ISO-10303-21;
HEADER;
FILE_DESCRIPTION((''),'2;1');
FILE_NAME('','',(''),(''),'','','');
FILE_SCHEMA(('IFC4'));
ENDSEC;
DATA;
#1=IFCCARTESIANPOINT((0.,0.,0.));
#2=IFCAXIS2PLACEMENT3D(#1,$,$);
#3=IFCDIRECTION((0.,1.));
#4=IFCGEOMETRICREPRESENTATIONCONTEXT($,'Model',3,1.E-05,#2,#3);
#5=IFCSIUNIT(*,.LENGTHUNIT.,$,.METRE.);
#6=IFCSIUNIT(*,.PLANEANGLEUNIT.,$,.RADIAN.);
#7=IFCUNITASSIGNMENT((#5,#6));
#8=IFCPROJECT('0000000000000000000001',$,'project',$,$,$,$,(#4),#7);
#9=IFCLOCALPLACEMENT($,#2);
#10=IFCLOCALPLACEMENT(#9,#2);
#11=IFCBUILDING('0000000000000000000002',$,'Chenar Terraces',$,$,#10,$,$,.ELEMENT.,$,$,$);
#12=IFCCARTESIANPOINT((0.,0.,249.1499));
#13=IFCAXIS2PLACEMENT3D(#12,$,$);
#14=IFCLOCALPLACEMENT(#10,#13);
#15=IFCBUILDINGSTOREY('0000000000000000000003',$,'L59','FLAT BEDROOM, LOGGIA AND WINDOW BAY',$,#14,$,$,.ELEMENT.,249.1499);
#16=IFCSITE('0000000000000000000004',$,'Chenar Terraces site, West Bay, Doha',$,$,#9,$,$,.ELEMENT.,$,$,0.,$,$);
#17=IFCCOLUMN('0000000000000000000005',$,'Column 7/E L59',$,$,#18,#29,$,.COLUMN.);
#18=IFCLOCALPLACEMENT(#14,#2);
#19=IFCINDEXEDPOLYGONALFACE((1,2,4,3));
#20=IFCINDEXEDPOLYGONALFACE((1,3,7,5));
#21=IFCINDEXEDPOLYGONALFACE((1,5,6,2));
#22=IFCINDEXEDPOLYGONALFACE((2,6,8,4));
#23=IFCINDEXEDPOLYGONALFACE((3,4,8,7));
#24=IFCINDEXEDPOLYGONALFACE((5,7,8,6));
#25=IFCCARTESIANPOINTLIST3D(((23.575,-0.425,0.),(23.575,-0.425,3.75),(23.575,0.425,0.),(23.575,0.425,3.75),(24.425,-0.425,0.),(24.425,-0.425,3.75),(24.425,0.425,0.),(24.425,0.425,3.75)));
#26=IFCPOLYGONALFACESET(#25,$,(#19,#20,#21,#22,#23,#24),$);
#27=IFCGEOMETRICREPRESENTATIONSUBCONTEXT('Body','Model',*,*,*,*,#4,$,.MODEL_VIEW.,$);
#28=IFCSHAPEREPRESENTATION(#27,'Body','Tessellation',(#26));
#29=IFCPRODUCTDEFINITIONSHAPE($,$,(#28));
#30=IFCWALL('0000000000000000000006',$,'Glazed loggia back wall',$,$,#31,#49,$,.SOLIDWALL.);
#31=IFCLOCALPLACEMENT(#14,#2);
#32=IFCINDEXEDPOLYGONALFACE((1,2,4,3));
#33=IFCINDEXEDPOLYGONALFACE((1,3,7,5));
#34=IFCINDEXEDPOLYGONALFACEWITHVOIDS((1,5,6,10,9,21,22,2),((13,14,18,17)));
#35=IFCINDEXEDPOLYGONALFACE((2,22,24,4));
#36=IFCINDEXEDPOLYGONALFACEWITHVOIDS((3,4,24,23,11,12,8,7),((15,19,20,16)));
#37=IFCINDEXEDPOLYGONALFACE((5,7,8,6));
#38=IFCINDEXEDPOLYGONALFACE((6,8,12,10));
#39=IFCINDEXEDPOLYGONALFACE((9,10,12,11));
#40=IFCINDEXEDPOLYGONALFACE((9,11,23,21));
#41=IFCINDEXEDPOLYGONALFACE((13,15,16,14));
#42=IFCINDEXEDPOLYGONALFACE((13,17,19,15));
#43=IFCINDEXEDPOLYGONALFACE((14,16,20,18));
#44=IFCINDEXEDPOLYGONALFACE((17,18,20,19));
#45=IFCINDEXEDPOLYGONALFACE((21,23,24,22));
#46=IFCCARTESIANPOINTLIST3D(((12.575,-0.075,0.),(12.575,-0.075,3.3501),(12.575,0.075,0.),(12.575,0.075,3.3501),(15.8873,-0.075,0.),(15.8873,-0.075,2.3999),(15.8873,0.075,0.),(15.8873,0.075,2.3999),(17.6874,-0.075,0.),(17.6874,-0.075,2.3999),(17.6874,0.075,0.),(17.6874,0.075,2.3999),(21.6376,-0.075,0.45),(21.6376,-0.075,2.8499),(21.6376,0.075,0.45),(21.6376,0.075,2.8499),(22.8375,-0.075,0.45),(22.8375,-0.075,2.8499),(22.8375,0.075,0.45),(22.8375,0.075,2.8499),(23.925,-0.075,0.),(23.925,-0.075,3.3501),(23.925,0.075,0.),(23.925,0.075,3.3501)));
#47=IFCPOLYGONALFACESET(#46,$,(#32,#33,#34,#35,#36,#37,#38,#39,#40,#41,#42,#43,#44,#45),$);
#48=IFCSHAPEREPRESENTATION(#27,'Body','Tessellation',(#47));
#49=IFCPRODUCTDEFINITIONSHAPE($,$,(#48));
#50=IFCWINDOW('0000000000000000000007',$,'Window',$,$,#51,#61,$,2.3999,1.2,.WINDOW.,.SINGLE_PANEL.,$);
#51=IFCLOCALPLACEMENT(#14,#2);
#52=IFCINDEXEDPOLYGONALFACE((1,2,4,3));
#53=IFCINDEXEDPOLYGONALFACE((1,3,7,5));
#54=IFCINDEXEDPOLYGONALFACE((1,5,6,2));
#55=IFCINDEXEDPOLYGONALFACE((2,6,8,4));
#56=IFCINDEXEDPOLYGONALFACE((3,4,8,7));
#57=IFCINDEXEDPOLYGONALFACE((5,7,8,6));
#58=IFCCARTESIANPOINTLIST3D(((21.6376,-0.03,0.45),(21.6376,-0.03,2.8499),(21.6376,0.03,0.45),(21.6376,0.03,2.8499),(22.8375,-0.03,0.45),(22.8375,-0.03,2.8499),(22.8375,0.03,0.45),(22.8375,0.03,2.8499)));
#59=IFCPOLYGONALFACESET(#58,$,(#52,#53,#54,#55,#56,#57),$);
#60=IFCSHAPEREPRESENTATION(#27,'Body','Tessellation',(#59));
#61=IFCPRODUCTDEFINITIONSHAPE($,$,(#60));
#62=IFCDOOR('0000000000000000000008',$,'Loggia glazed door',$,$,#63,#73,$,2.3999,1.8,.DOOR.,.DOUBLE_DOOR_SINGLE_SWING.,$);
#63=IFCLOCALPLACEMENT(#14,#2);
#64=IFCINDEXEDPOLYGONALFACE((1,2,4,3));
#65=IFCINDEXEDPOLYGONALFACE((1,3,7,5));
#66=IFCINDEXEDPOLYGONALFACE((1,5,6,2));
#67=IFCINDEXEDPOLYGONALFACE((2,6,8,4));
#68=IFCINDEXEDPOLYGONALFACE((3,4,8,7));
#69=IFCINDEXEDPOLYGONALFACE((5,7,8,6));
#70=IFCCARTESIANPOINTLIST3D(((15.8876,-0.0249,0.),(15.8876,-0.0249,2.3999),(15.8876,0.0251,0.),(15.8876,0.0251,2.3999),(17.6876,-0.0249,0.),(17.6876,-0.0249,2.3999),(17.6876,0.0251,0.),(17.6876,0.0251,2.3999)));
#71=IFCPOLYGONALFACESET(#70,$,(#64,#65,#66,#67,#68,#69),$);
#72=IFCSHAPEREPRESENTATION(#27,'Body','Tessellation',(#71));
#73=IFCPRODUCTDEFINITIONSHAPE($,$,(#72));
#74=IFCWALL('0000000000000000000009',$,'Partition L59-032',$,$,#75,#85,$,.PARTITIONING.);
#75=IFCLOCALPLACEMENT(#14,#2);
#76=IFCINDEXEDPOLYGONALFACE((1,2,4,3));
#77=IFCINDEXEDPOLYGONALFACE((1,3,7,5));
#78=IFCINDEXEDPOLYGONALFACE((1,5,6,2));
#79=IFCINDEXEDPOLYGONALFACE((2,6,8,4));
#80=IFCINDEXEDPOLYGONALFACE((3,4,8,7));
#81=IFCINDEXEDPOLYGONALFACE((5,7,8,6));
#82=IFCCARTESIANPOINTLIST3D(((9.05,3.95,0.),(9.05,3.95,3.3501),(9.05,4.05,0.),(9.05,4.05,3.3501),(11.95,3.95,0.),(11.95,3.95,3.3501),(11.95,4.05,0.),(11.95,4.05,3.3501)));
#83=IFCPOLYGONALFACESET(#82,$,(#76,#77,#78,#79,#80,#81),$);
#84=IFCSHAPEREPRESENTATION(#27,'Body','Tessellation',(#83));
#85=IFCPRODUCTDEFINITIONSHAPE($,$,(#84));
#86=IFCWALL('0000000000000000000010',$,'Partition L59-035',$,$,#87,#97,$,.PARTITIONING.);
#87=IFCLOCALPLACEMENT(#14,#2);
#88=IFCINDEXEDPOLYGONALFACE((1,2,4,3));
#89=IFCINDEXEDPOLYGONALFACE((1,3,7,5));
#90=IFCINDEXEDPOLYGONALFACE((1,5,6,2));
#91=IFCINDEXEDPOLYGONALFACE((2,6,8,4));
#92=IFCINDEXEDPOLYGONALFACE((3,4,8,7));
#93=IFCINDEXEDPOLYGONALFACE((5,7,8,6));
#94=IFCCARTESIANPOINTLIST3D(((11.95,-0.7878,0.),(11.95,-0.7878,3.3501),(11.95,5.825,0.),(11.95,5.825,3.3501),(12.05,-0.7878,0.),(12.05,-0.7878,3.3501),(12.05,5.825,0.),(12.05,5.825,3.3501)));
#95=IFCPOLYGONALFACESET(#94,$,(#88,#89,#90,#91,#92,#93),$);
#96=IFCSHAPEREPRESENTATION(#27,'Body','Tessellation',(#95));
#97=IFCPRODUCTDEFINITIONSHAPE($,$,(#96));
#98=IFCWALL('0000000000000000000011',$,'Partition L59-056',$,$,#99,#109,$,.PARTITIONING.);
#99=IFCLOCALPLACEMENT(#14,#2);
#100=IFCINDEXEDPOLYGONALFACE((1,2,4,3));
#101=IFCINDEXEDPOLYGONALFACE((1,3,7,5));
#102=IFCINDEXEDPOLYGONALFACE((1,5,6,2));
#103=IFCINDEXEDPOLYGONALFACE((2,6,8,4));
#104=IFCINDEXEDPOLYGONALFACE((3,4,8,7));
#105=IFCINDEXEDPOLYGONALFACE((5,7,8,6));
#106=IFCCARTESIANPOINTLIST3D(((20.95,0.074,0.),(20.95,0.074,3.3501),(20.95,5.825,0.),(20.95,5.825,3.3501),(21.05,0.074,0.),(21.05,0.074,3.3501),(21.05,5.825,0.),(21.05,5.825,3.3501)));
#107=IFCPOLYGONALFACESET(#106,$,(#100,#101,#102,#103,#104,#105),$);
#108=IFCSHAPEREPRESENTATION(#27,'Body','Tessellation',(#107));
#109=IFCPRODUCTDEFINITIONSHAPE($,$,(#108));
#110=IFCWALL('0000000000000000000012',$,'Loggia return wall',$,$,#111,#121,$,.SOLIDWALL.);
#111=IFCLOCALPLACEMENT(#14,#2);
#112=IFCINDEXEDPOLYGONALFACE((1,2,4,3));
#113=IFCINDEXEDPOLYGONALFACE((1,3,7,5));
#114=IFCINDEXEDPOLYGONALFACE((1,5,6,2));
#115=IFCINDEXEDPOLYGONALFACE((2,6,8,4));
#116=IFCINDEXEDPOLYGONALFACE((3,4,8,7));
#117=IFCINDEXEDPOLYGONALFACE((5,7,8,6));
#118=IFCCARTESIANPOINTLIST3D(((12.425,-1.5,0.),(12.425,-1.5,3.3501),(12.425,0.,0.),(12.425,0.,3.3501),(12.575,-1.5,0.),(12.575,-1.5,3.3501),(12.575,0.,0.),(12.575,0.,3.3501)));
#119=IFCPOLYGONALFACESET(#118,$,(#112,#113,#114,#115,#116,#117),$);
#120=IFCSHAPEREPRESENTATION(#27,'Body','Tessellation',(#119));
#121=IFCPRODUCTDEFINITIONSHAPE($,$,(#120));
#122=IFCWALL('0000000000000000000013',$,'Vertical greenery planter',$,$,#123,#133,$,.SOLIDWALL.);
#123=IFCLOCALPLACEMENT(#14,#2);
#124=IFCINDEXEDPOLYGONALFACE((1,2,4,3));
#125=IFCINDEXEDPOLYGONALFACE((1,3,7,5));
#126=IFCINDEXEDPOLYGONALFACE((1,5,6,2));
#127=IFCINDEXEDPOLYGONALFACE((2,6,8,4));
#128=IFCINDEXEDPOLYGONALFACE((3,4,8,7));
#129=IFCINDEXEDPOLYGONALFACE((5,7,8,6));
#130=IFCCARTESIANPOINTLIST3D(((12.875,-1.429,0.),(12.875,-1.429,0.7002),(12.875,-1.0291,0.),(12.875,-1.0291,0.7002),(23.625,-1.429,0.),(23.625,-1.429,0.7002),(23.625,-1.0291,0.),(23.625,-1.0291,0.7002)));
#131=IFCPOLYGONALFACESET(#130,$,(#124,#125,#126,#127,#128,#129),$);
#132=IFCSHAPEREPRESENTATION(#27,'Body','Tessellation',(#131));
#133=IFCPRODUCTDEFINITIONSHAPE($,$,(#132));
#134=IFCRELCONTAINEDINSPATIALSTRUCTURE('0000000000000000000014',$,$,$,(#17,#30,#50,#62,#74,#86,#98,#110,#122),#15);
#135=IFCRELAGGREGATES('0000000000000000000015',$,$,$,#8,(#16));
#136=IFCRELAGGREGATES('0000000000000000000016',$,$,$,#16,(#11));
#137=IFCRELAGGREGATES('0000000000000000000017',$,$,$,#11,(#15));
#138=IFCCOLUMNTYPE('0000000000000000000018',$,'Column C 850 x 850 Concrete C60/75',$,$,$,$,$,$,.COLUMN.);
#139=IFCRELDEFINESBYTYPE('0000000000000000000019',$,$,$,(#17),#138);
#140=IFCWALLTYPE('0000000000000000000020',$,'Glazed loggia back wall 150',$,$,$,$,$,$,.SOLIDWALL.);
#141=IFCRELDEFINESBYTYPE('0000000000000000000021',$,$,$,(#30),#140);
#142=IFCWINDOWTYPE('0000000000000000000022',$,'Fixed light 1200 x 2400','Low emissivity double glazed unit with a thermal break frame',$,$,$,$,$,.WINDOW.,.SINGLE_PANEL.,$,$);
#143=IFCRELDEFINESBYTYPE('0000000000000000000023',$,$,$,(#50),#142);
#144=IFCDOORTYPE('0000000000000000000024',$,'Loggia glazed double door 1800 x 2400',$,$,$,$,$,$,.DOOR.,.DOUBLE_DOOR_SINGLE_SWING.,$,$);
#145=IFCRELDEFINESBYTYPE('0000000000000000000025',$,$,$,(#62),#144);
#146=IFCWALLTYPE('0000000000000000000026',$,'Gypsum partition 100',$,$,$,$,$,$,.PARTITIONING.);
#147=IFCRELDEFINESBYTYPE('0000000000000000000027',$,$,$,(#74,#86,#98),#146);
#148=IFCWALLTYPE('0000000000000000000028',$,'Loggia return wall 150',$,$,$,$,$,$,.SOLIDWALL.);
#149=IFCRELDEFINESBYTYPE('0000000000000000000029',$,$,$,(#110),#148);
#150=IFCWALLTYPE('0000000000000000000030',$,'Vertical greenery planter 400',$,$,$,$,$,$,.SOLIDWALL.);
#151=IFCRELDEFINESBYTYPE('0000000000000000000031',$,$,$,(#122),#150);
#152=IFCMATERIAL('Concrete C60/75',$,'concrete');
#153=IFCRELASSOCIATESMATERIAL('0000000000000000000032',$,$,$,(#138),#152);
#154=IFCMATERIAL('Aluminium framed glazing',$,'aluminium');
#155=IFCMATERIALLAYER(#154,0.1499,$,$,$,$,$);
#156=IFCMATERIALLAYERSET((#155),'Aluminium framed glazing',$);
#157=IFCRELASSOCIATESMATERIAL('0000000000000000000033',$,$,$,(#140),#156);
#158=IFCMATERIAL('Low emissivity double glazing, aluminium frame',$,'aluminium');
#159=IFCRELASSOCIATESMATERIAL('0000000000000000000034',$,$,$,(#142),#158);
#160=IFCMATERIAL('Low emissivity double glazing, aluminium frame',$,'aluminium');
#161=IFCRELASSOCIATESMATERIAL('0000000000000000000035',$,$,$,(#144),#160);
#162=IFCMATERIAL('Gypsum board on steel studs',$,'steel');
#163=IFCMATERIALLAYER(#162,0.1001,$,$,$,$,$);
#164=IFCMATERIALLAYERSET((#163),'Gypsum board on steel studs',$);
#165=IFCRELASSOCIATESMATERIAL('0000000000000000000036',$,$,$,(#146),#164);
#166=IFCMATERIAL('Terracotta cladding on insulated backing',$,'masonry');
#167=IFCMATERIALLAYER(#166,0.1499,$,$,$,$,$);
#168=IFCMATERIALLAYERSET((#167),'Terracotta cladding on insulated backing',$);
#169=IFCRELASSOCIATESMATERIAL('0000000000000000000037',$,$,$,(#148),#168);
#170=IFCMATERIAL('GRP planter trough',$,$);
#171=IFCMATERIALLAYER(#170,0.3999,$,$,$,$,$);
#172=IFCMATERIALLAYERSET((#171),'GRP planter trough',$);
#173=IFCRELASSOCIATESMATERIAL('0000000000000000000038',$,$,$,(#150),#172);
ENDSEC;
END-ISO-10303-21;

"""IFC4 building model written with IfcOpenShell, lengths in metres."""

from ifc_helpers import new_model, si_unit, direction, frame, frame_2d, origin, origin_2d, place, context, subcontext, project, spatial, rectangle, extrude, material, layer, layer_set, material_profile, profile_set, type_object, element, fill, save


model = new_model("IFC4")

# Units and contexts
model_context = context("Model", 3, precision=1e-05, world=origin(), true_north=direction((0.0, 1.0)))
body_context = subcontext(model_context, "Body", "Model", "MODEL_VIEW")
ifc_project = project(units=[si_unit("LENGTHUNIT", "METRE"), si_unit("PLANEANGLEUNIT", "RADIAN")], contexts=[model_context])

# Site, building, storey
site_placement = place(None, origin())
site = spatial("IfcSite", under=ifc_project, at=site_placement, Name="Chenar Terraces site, West Bay, Doha", CompositionType="ELEMENT", RefElevation=0.0)
building_placement = place(site_placement, origin())
building = spatial("IfcBuilding", under=site, at=building_placement, Name="Chenar Terraces", CompositionType="ELEMENT")
storey_placement = place(building_placement, frame((0.0, 0.0, 249.1499)))
storey = spatial("IfcBuildingStorey", under=building, at=storey_placement, Name="L59", Description="FLAT BEDROOM, LOGGIA AND WINDOW BAY", CompositionType="ELEMENT", Elevation=249.1499)

# Column
ifc_material_1 = material(Name="Concrete C60/75", Category="concrete")
ifc_material_profile = material_profile(ifc_material_1, rectangle(XDim=0.8501, YDim=0.8501, at=origin_2d()), Name="C 850 x 850")
ifc_profile_set = profile_set([ifc_material_profile], Name="Concrete C60/75")
column_type = type_object("IfcColumnType", Name="Column C 850 x 850 Concrete C60/75", PredefinedType="COLUMN", material=ifc_profile_set)
column_placement = place(storey_placement, frame((24.0, 0.0, 0.0), z_axis=(0.0, 0.0, 1.0), x_axis=(1.0, 0.0, 0.0)))
element("IfcColumn", 1, at=column_placement, inside=storey, type_object=column_type, Name="Column 7/E L59", PredefinedType="COLUMN", context=body_context, shape_type="SweptSolid", body=[
    extrude(rectangle(XDim=0.8501, YDim=0.8501, at=origin_2d()), origin(), (0.0, 0.0, 1.0), 3.75),
])

# Wall, openings, window, door
ifc_material_2 = material(Name="Aluminium framed glazing", Category="aluminium")
ifc_layer_1 = layer(ifc_material_2, 0.1499)
ifc_layer_set_1 = layer_set([ifc_layer_1], Name="Aluminium framed glazing")
wall_type_1 = type_object("IfcWallType", Name="Glazed loggia back wall 150", PredefinedType="SOLIDWALL", material=ifc_layer_set_1)
wall_1_placement = place(storey_placement, frame((12.575, 0.0, 0.0), z_axis=(0.0, 0.0, 1.0), x_axis=(1.0, 0.0, 0.0)))
wall_1 = element("IfcWall", 2, at=wall_1_placement, inside=storey, type_object=wall_type_1, Name="Glazed loggia back wall", PredefinedType="SOLIDWALL", context=body_context, shape_type="SweptSolid", body=[
    extrude(rectangle(XDim=11.3501, YDim=0.1499, at=frame_2d((5.675, 0.0))), origin(), (0.0, 0.0, 1.0), 3.3501),
])
opening_1_placement = place(wall_1_placement, frame((3.3125, 0.0, 0.0)))
opening_1 = element("IfcOpeningElement", 3, at=opening_1_placement, cuts=wall_1, PredefinedType="OPENING", context=body_context, shape_type="SweptSolid", body=[
    extrude(rectangle(XDim=1.8, YDim=2.3999, at=frame_2d((0.8999, 1.2))), frame((0.0, 0.085, 0.0), z_axis=(0.0, -1.0, 0.0), x_axis=(1.0, 0.0, 0.0)), (0.0, 0.0, 1.0), 0.1699),
])
opening_2_placement = place(wall_1_placement, frame((9.0625, 0.0, 0.45)))
opening_2 = element("IfcOpeningElement", 4, at=opening_2_placement, cuts=wall_1, PredefinedType="OPENING", context=body_context, shape_type="SweptSolid", body=[
    extrude(rectangle(XDim=1.2, YDim=2.3999, at=frame_2d((0.6001, 1.2))), frame((0.0, 0.085, 0.0), z_axis=(0.0, -1.0, 0.0), x_axis=(1.0, 0.0, 0.0)), (0.0, 0.0, 1.0), 0.1699),
])
ifc_material_3 = material(Name="Low emissivity double glazing, aluminium frame", Category="aluminium")
window_type = type_object("IfcWindowType", Name="Fixed light 1200 x 2400", Description="Low emissivity double glazed unit with a thermal break frame", PartitioningType="SINGLE_PANEL", PredefinedType="WINDOW", material=ifc_material_3)
window_placement = place(opening_2_placement, origin())
window = element("IfcWindow", 5, at=window_placement, inside=storey, type_object=window_type, Name="Window", OverallHeight=2.3999, OverallWidth=1.2, PartitioningType="SINGLE_PANEL", PredefinedType="WINDOW", context=body_context, shape_type="SweptSolid", body=[
    extrude(rectangle(XDim=1.2, YDim=2.3999, at=frame_2d((0.6001, 1.2))), frame((0.0, 0.03, 0.0), z_axis=(0.0, -1.0, 0.0), x_axis=(1.0, 0.0, 0.0)), (0.0, 0.0, 1.0), 0.0601),
])
fill(opening_2, window)
ifc_material_4 = material(Name="Low emissivity double glazing, aluminium frame", Category="aluminium")
door_type = type_object("IfcDoorType", Name="Loggia glazed double door 1800 x 2400", OperationType="DOUBLE_DOOR_SINGLE_SWING", PredefinedType="DOOR", material=ifc_material_4)
door_placement = place(opening_1_placement, frame((1.8, 0.0, 0.0), z_axis=(0.0, 0.0, 1.0), x_axis=(-1.0, 0.0, 0.0)))
door = element("IfcDoor", 6, at=door_placement, inside=storey, type_object=door_type, Name="Loggia glazed door", OperationType="DOUBLE_DOOR_SINGLE_SWING", OverallHeight=2.3999, OverallWidth=1.8, PredefinedType="DOOR", context=body_context, shape_type="SweptSolid", body=[
    extrude(rectangle(XDim=1.8, YDim=2.3999, at=frame_2d((0.8999, 1.2))), frame((0.0, 0.0249, 0.0), z_axis=(0.0, -1.0, 0.0), x_axis=(1.0, 0.0, 0.0)), (0.0, 0.0, 1.0), 0.05),
])
fill(opening_1, door)

# Walls
ifc_material_5 = material(Name="Gypsum board on steel studs", Category="steel")
ifc_layer_2 = layer(ifc_material_5, 0.1001)
ifc_layer_set_2 = layer_set([ifc_layer_2], Name="Gypsum board on steel studs")
wall_type_2 = type_object("IfcWallType", Name="Gypsum partition 100", PredefinedType="PARTITIONING", material=ifc_layer_set_2)
wall_2_placement = place(storey_placement, frame((9.05, 4.0, 0.0), z_axis=(0.0, 0.0, 1.0), x_axis=(1.0, 0.0, 0.0)))
element("IfcWall", 7, at=wall_2_placement, inside=storey, type_object=wall_type_2, Name="Partition L59-032", PredefinedType="PARTITIONING", context=body_context, shape_type="SweptSolid", body=[
    extrude(rectangle(XDim=2.8999, YDim=0.1001, at=frame_2d((1.45, 0.0))), origin(), (0.0, 0.0, 1.0), 3.3501),
])
wall_3_placement = place(storey_placement, frame((12.0, -0.7878, 0.0), z_axis=(0.0, 0.0, 1.0), x_axis=(0.0, 1.0, 0.0)))
element("IfcWall", 8, at=wall_3_placement, inside=storey, type_object=wall_type_2, Name="Partition L59-035", PredefinedType="PARTITIONING", context=body_context, shape_type="SweptSolid", body=[
    extrude(rectangle(XDim=6.6128, YDim=0.1001, at=frame_2d((3.3064, 0.0))), origin(), (0.0, 0.0, 1.0), 3.3501),
])
wall_4_placement = place(storey_placement, frame((21.0, 0.074, 0.0), z_axis=(0.0, 0.0, 1.0), x_axis=(0.0, 1.0, 0.0)))
element("IfcWall", 9, at=wall_4_placement, inside=storey, type_object=wall_type_2, Name="Partition L59-056", PredefinedType="PARTITIONING", context=body_context, shape_type="SweptSolid", body=[
    extrude(rectangle(XDim=5.751, YDim=0.1001, at=frame_2d((2.8755, 0.0))), origin(), (0.0, 0.0, 1.0), 3.3501),
])
ifc_material_6 = material(Name="Terracotta cladding on insulated backing", Category="masonry")
ifc_layer_3 = layer(ifc_material_6, 0.1499)
ifc_layer_set_3 = layer_set([ifc_layer_3], Name="Terracotta cladding on insulated backing")
wall_type_3 = type_object("IfcWallType", Name="Loggia return wall 150", PredefinedType="SOLIDWALL", material=ifc_layer_set_3)
wall_5_placement = place(storey_placement, frame((12.5, -1.5, 0.0), z_axis=(0.0, 0.0, 1.0), x_axis=(0.0, 1.0, 0.0)))
element("IfcWall", 10, at=wall_5_placement, inside=storey, type_object=wall_type_3, Name="Loggia return wall", PredefinedType="SOLIDWALL", context=body_context, shape_type="SweptSolid", body=[
    extrude(rectangle(XDim=1.5, YDim=0.1499, at=frame_2d((0.75, 0.0))), origin(), (0.0, 0.0, 1.0), 3.3501),
])
ifc_material_7 = material(Name="GRP planter trough")
ifc_layer_4 = layer(ifc_material_7, 0.3999)
ifc_layer_set_4 = layer_set([ifc_layer_4], Name="GRP planter trough")
wall_type_4 = type_object("IfcWallType", Name="Vertical greenery planter 400", PredefinedType="SOLIDWALL", material=ifc_layer_set_4)
wall_6_placement = place(storey_placement, frame((12.875, -1.229, 0.0), z_axis=(0.0, 0.0, 1.0), x_axis=(1.0, 0.0, 0.0)))
element("IfcWall", 11, at=wall_6_placement, inside=storey, type_object=wall_type_4, Name="Vertical greenery planter", PredefinedType="SOLIDWALL", context=body_context, shape_type="SweptSolid", body=[
    extrude(rectangle(XDim=10.75, YDim=0.3999, at=frame_2d((5.375, 0.0))), origin(), (0.0, 0.0, 1.0), 0.7002),
])

save(model, "model.ifc")
